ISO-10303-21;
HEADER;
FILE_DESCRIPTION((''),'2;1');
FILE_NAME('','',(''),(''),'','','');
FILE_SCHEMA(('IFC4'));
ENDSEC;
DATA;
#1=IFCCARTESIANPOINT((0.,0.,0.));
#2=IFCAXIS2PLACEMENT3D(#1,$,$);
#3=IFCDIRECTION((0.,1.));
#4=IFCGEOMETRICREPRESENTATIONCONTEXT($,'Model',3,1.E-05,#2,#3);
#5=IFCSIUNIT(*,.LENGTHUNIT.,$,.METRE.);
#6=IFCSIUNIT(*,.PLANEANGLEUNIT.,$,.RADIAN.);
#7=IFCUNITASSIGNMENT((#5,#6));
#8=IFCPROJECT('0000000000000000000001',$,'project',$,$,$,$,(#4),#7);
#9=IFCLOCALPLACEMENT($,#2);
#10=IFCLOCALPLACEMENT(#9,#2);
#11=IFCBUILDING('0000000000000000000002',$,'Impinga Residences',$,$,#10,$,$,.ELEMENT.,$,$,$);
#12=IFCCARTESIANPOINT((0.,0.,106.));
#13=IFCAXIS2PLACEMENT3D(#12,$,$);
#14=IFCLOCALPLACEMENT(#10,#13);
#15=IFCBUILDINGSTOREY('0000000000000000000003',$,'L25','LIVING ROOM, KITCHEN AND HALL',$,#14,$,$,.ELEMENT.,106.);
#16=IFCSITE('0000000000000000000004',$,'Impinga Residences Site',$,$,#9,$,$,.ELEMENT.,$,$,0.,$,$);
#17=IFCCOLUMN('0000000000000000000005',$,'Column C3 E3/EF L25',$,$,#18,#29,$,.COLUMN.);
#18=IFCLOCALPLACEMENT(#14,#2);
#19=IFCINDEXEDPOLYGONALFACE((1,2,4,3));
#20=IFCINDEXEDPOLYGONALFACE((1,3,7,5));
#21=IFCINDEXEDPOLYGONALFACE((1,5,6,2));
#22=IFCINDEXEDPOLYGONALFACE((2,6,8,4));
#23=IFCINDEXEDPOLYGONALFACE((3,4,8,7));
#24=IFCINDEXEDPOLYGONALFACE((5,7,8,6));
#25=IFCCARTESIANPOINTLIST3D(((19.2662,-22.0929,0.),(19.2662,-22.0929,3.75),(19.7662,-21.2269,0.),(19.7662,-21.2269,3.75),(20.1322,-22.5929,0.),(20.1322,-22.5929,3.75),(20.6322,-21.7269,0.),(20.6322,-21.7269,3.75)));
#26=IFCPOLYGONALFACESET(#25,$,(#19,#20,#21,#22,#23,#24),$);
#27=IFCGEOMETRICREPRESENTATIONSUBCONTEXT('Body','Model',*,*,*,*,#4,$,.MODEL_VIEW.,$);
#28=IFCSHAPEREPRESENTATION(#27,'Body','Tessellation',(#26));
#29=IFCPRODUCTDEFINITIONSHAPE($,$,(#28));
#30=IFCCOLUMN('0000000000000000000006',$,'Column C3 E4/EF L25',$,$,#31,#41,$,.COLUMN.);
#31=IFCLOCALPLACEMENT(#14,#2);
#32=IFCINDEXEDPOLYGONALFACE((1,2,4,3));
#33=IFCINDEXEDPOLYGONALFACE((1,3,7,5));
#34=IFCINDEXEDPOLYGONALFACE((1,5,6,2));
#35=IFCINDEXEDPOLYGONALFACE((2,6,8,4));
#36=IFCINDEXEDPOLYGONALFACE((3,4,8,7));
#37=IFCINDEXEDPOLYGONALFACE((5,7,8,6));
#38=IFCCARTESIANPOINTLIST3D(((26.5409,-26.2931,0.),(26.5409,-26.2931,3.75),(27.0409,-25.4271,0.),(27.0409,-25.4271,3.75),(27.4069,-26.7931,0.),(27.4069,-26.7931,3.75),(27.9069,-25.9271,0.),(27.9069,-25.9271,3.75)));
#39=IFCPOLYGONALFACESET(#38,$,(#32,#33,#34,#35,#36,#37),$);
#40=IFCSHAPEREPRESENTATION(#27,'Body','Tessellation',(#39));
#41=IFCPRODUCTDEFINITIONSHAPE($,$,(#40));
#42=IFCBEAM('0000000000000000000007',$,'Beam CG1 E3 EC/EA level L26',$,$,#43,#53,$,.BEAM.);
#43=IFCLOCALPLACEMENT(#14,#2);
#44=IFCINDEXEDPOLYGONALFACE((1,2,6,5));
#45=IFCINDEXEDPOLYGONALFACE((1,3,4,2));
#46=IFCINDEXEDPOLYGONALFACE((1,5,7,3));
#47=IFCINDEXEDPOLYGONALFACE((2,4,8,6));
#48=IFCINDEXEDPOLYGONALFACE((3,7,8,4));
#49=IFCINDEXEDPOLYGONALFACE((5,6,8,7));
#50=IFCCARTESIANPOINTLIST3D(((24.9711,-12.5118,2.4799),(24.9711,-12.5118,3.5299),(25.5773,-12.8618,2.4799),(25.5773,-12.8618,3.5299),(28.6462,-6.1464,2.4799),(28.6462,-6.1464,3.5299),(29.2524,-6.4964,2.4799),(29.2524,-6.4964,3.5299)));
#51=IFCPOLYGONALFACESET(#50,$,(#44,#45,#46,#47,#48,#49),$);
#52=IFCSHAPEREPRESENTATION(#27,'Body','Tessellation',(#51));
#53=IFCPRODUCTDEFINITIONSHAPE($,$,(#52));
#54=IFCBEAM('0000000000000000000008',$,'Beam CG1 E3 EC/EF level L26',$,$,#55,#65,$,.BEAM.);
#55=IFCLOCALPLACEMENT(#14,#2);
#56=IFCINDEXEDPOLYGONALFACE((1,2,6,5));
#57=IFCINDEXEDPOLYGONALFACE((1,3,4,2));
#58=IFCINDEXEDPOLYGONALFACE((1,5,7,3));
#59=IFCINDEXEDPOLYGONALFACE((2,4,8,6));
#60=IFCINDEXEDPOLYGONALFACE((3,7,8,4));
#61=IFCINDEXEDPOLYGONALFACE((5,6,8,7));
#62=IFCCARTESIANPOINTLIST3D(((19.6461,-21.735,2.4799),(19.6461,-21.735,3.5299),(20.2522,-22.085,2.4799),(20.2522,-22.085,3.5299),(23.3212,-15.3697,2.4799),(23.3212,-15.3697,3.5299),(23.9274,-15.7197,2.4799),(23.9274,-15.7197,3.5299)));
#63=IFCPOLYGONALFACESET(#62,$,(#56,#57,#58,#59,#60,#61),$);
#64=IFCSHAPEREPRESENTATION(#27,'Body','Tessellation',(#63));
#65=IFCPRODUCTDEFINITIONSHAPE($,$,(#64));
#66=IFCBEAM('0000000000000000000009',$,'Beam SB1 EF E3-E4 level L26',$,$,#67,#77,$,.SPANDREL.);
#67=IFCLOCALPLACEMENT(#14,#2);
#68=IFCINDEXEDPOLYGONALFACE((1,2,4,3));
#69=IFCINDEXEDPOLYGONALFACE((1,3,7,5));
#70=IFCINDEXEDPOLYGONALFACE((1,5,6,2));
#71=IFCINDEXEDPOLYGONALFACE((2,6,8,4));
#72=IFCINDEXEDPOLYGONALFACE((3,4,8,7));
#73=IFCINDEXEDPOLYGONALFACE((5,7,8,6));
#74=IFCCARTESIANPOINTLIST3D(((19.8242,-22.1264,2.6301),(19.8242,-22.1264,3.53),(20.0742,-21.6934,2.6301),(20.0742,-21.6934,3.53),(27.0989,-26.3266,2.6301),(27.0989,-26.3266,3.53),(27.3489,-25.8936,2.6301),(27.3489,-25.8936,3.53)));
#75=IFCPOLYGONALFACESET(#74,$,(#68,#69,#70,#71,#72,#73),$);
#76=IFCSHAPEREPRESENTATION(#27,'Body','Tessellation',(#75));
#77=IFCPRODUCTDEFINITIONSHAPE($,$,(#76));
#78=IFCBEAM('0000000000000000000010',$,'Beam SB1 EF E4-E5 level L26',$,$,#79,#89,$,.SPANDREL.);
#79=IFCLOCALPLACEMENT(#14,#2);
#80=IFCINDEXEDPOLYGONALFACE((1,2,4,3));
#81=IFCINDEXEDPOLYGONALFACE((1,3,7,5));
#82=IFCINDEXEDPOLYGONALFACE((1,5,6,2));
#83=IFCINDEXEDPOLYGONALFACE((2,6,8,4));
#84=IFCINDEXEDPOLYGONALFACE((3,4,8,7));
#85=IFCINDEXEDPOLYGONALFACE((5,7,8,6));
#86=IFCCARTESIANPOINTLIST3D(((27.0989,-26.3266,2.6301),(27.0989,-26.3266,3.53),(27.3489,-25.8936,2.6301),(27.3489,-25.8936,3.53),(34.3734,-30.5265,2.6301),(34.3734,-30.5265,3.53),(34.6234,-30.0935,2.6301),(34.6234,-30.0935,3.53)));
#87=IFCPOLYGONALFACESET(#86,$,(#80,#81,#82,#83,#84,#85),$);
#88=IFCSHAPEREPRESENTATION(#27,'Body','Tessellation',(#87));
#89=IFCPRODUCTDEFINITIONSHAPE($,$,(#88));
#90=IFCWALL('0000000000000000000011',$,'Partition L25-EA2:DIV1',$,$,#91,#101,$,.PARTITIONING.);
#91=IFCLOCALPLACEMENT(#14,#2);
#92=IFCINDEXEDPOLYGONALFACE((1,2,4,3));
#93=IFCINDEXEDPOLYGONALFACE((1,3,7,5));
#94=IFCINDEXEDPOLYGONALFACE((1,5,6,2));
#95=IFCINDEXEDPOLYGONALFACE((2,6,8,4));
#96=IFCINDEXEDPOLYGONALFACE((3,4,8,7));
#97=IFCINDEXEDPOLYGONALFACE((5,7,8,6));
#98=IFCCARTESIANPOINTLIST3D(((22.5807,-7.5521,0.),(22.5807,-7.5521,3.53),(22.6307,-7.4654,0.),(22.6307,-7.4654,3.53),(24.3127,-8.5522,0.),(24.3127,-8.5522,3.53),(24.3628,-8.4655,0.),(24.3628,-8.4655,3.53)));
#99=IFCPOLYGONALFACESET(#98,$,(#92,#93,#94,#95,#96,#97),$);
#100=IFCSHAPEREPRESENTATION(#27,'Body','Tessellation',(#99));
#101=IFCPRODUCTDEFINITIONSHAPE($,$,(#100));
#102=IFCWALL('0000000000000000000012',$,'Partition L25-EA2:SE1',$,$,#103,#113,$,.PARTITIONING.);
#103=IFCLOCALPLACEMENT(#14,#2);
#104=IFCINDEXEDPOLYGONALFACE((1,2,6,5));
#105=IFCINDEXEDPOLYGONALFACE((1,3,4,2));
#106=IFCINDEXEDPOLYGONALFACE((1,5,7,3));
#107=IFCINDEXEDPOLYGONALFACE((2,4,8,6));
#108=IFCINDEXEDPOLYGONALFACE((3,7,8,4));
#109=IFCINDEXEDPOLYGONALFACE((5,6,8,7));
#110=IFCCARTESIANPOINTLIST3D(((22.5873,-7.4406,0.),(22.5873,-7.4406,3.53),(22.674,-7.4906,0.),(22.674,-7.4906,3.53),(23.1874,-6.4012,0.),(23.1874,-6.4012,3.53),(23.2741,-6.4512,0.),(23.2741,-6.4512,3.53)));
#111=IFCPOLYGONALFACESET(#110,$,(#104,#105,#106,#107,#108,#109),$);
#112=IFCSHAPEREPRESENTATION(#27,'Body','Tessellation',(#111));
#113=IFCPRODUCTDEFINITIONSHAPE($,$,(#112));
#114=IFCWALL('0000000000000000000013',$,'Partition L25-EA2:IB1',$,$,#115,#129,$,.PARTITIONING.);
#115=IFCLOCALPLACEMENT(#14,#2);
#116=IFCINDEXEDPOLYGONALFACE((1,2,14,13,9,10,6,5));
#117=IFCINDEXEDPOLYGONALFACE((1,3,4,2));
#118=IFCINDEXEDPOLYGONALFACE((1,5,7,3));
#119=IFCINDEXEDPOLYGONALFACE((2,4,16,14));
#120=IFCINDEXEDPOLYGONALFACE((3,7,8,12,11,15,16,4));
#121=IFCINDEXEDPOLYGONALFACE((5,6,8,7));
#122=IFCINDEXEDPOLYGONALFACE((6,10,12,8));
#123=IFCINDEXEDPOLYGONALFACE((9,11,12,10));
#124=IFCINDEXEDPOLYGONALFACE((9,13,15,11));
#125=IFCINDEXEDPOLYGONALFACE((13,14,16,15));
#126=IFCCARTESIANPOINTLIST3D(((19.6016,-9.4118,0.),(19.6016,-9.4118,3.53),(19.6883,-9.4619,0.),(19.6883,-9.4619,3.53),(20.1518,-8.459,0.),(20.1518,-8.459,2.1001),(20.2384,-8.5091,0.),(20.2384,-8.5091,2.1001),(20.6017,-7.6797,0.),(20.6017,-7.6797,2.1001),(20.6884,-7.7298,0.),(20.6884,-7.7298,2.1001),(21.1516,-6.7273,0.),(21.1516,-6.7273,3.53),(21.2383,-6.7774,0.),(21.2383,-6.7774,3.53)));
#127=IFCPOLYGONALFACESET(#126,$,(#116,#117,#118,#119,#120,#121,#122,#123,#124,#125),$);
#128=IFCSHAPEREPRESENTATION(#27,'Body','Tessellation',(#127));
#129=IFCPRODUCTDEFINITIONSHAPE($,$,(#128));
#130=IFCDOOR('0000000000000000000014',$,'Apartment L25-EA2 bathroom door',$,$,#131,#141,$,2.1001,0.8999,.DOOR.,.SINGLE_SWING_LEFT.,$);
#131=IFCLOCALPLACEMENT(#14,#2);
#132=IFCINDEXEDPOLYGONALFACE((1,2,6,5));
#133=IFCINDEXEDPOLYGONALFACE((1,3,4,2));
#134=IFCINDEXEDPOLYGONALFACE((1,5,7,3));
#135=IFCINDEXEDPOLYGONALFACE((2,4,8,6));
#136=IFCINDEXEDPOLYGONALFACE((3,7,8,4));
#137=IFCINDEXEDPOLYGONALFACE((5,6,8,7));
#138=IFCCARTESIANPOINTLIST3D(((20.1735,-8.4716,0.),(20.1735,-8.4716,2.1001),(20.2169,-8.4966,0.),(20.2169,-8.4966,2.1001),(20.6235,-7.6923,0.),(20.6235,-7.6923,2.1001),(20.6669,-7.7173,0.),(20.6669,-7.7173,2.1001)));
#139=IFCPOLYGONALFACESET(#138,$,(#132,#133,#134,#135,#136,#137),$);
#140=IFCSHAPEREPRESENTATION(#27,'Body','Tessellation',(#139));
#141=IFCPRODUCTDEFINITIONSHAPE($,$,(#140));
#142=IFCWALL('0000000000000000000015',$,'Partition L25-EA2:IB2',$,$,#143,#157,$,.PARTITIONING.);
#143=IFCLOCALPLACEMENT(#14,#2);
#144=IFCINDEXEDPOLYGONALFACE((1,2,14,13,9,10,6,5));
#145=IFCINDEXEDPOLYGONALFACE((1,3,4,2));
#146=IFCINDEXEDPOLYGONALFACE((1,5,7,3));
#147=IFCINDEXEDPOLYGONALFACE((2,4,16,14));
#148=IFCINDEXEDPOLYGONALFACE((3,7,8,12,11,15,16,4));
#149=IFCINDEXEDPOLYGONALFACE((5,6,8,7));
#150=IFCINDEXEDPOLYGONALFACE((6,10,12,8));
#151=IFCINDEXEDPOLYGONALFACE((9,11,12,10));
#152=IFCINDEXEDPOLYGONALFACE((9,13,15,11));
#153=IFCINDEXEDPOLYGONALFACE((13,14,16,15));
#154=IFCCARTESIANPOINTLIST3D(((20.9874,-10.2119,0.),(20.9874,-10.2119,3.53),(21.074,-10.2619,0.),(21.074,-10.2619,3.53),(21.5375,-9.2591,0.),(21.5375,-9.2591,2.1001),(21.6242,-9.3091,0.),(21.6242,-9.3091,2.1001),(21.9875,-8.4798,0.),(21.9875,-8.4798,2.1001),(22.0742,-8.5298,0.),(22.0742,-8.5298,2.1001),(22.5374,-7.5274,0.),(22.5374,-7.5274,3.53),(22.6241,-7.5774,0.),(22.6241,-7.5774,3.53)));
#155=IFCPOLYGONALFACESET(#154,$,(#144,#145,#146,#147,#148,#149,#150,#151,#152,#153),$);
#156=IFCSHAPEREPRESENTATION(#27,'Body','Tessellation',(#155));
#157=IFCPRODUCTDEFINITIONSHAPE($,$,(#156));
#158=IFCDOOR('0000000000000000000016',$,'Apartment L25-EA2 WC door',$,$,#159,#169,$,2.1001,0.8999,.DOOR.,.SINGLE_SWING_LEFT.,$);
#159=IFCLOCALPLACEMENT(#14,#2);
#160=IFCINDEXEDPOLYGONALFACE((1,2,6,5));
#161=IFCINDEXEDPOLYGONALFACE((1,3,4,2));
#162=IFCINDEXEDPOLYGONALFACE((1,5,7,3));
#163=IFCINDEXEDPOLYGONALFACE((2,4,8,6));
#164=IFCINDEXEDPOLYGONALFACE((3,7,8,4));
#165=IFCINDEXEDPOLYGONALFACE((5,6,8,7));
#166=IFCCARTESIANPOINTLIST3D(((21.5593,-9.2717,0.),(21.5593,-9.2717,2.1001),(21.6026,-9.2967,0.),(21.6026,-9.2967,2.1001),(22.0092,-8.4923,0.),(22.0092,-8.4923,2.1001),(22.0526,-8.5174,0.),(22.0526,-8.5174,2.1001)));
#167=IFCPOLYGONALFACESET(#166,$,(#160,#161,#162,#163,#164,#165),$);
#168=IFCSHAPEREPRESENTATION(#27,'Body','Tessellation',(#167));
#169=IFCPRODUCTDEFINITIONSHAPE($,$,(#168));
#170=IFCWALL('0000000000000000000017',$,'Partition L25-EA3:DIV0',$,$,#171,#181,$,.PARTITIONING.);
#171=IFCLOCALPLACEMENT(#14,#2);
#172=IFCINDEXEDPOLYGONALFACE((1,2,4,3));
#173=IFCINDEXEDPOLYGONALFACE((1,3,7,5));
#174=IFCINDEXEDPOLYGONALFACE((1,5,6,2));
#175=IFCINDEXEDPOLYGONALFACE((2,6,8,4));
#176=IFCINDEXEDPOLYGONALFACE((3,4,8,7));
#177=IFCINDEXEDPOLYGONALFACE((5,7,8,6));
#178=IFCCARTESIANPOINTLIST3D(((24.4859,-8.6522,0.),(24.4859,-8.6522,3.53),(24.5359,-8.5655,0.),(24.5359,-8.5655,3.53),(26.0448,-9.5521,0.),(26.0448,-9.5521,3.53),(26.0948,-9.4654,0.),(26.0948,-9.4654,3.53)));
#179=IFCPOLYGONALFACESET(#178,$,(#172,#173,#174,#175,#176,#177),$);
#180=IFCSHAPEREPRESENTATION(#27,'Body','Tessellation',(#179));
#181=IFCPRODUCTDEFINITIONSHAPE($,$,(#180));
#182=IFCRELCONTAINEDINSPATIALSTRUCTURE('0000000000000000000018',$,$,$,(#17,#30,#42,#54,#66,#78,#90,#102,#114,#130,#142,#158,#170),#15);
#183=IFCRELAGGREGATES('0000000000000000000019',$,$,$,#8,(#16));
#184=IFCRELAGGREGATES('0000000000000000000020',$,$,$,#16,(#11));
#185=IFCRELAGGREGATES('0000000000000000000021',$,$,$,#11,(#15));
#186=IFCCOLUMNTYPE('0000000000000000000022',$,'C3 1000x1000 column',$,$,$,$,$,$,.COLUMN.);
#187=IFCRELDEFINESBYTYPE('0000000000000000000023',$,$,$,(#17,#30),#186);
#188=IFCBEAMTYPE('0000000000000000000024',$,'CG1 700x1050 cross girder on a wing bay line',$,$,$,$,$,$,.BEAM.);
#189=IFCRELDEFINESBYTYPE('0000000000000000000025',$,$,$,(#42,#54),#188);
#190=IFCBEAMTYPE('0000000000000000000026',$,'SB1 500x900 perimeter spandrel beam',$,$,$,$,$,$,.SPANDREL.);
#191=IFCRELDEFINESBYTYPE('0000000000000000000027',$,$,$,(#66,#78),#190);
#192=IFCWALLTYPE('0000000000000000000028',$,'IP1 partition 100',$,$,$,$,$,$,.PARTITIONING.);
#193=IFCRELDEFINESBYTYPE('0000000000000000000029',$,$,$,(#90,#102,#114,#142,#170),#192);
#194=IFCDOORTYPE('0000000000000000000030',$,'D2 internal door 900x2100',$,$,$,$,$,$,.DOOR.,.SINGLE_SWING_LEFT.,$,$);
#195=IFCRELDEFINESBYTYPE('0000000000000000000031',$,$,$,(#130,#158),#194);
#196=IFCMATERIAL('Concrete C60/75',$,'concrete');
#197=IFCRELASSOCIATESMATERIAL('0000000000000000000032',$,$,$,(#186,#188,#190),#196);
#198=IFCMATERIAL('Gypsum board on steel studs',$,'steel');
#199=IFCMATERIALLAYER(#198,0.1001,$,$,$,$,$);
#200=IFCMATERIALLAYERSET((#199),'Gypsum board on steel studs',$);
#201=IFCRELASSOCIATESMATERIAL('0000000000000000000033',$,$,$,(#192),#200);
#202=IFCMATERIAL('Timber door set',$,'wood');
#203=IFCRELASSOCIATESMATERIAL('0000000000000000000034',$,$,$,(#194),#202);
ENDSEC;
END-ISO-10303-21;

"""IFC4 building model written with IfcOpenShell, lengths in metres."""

from ifc_helpers import new_model, si_unit, direction, frame, frame_2d, origin, origin_2d, place, context, subcontext, project, spatial, rectangle, extrude, material, layer, layer_set, material_profile, profile_set, type_object, element, fill, save


model = new_model("IFC4")

# Units and contexts
model_context = context("Model", 3, precision=1e-05, world=origin(), true_north=direction((0.0, 1.0)))
body_context = subcontext(model_context, "Body", "Model", "MODEL_VIEW")
ifc_project = project(units=[si_unit("LENGTHUNIT", "METRE"), si_unit("PLANEANGLEUNIT", "RADIAN")], contexts=[model_context])

# Site, building, storey
site_placement = place(None, origin())
site = spatial("IfcSite", under=ifc_project, at=site_placement, Name="Impinga Residences Site", CompositionType="ELEMENT", RefElevation=0.0)
building_placement = place(site_placement, origin())
building = spatial("IfcBuilding", under=site, at=building_placement, Name="Impinga Residences", CompositionType="ELEMENT")
storey_placement = place(building_placement, frame((0.0, 0.0, 106.0)))
storey = spatial("IfcBuildingStorey", under=building, at=storey_placement, Name="L25", Description="LIVING ROOM, KITCHEN AND HALL", CompositionType="ELEMENT", Elevation=106.0)

# Columns
ifc_material_1 = material(Name="Concrete C60/75", Category="concrete")
ifc_material_profile_1 = material_profile(ifc_material_1, rectangle(XDim=1.0, YDim=1.0, at=origin_2d()), Name="RC 1000x1000")
ifc_profile_set_1 = profile_set([ifc_material_profile_1], Name="Concrete C60/75")
column_type = type_object("IfcColumnType", Name="C3 1000x1000 column", PredefinedType="COLUMN", material=ifc_profile_set_1)
for number, where, z_axis, x_axis, name in (
    (1, (19.9492, -21.9099, 0.0), (0.0, 0.0, 1.0), (-0.5, -0.866025, 0.0), "Column C3 E3/EF L25"),
    (2, (27.2239, -26.1101, 0.0), (0.0, 0.0, 1.0), (-0.5, -0.866025, 0.0), "Column C3 E4/EF L25"),
):
    element("IfcColumn", number, at=place(storey_placement, frame(where, z_axis=z_axis, x_axis=x_axis)), inside=storey, type_object=column_type, Name=name, PredefinedType="COLUMN", context=body_context, shape_type="SweptSolid", body=[
        extrude(rectangle(XDim=1.0, YDim=1.0, at=origin_2d()), origin(), (0.0, 0.0, 1.0), 3.75),
    ])

# Beams
ifc_material_profile_2 = material_profile(ifc_material_1, rectangle(XDim=0.7, YDim=1.05, at=origin_2d()), Name="RC 700x1050")
ifc_profile_set_2 = profile_set([ifc_material_profile_2], Name="Concrete C60/75")
beam_type_1 = type_object("IfcBeamType", Name="CG1 700x1050 cross girder on a wing bay line", PredefinedType="BEAM", material=ifc_profile_set_2)
for number, where, z_axis, x_axis, name in (
    (3, (25.2742, -12.6868, 3.0049), (0.500008, 0.866021, 0.0), (-0.866021, 0.500008, 0.0), "Beam CG1 E3 EC/EA level L26"),
    (4, (23.6243, -15.5447, 3.0049), (-0.500008, -0.866021, 0.0), (0.866021, -0.500008, 0.0), "Beam CG1 E3 EC/EF level L26"),
):
    element("IfcBeam", number, at=place(storey_placement, frame(where, z_axis=z_axis, x_axis=x_axis)), inside=storey, type_object=beam_type_1, Name=name, PredefinedType="BEAM", context=body_context, shape_type="SweptSolid", body=[
        extrude(rectangle(XDim=0.7, YDim=1.05, at=origin_2d()), origin(), (0.0, 0.0, 1.0), 7.3501),
    ])
ifc_material_profile_3 = material_profile(ifc_material_1, rectangle(XDim=0.5, YDim=0.8999, at=origin_2d()), Name="RC 500x900")
ifc_profile_set_3 = profile_set([ifc_material_profile_3], Name="Concrete C60/75")
beam_type_2 = type_object("IfcBeamType", Name="SB1 500x900 perimeter spandrel beam", PredefinedType="SPANDREL", material=ifc_profile_set_3)
beam_1_placement = place(storey_placement, frame((19.9492, -21.9099, 3.0801), z_axis=(0.866017, -0.500015, 0.0), x_axis=(0.500015, 0.866017, 0.0)))
element("IfcBeam", 5, at=beam_1_placement, inside=storey, type_object=beam_type_2, Name="Beam SB1 EF E3-E4 level L26", PredefinedType="SPANDREL", context=body_context, shape_type="SweptSolid", body=[
    extrude(rectangle(XDim=0.5, YDim=0.8999, at=origin_2d()), origin(), (0.0, 0.0, 1.0), 8.4001),
])
beam_2_placement = place(storey_placement, frame((27.2239, -26.1101, 3.0801), z_axis=(0.866029, -0.499993, 0.0), x_axis=(0.499993, 0.866029, 0.0)))
element("IfcBeam", 6, at=beam_2_placement, inside=storey, type_object=beam_type_2, Name="Beam SB1 EF E4-E5 level L26", PredefinedType="SPANDREL", context=body_context, shape_type="SweptSolid", body=[
    extrude(rectangle(XDim=0.5, YDim=0.8999, at=origin_2d()), origin(), (0.0, 0.0, 1.0), 8.3999),
])

# Walls
ifc_material_2 = material(Name="Gypsum board on steel studs", Category="steel")
ifc_layer_1 = layer(ifc_material_2, 0.1001)
ifc_layer_set_1 = layer_set([ifc_layer_1], Name="Gypsum board on steel studs")
wall_type_1 = type_object("IfcWallType", Name="IP1 partition 100", PredefinedType="PARTITIONING", material=ifc_layer_set_1)
wall_1_placement = place(storey_placement, frame((22.6057, -7.5088, 0.0), z_axis=(0.0, 0.0, 1.0), x_axis=(0.866011, -0.500025, 0.0)))
element("IfcWall", 7, at=wall_1_placement, inside=storey, type_object=wall_type_1, Name="Partition L25-EA2:DIV1", PredefinedType="PARTITIONING", context=body_context, shape_type="SweptSolid", body=[
    extrude(rectangle(XDim=2.0, YDim=0.1001, at=frame_2d((1.0, 0.0))), origin(), (0.0, 0.0, 1.0), 3.53),
])
wall_2_placement = place(storey_placement, frame((22.6306, -7.4656, 0.0), z_axis=(0.0, 0.0, 1.0), x_axis=(0.500034, 0.866006, 0.0)))
element("IfcWall", 8, at=wall_2_placement, inside=storey, type_object=wall_type_1, Name="Partition L25-EA2:SE1", PredefinedType="PARTITIONING", context=body_context, shape_type="SweptSolid", body=[
    extrude(rectangle(XDim=1.2002, YDim=0.1001, at=frame_2d((0.6001, 0.0))), origin(), (0.0, 0.0, 1.0), 3.53),
])

# Walls, openings, doors
wall_3_placement = place(storey_placement, frame((19.645, -9.4368, 0.0), z_axis=(0.0, 0.0, 1.0), x_axis=(0.500027, 0.86601, 0.0)))
wall_3 = element("IfcWall", 9, at=wall_3_placement, inside=storey, type_object=wall_type_1, Name="Partition L25-EA2:IB1", PredefinedType="PARTITIONING", context=body_context, shape_type="SweptSolid", body=[
    extrude(rectangle(XDim=3.0999, YDim=0.1001, at=frame_2d((1.5498, 0.0))), origin(), (0.0, 0.0, 1.0), 3.53),
])
opening_1_placement = place(wall_3_placement, frame((1.1001, 0.0, 0.0)))
opening_1 = element("IfcOpeningElement", 10, at=opening_1_placement, cuts=wall_3, PredefinedType="OPENING", context=body_context, shape_type="SweptSolid", body=[
    extrude(rectangle(XDim=0.8999, YDim=2.1001, at=frame_2d((0.45, 1.05))), frame((0.0, 0.0601, 0.0), z_axis=(0.0, -1.0, 0.0), x_axis=(1.0, 0.0, 0.0)), (0.0, 0.0, 1.0), 0.1201),
])
ifc_material_3 = material(Name="Timber door set", Category="wood")
door_type = type_object("IfcDoorType", Name="D2 internal door 900x2100", OperationType="SINGLE_SWING_LEFT", PredefinedType="DOOR", material=ifc_material_3)
door_1_placement = place(opening_1_placement, origin())
door_1 = element("IfcDoor", 11, at=door_1_placement, inside=storey, type_object=door_type, Name="Apartment L25-EA2 bathroom door", OperationType="SINGLE_SWING_LEFT", OverallHeight=2.1001, OverallWidth=0.8999, PredefinedType="DOOR", context=body_context, shape_type="SweptSolid", body=[
    extrude(rectangle(XDim=0.8999, YDim=2.1001, at=frame_2d((0.45, 1.05))), frame((0.0, 0.0249, 0.0), z_axis=(0.0, -1.0, 0.0), x_axis=(1.0, 0.0, 0.0)), (0.0, 0.0, 1.0), 0.05),
])
fill(opening_1, door_1)
wall_4_placement = place(storey_placement, frame((21.0308, -10.2368, 0.0), z_axis=(0.0, 0.0, 1.0), x_axis=(0.500027, 0.86601, 0.0)))
wall_4 = element("IfcWall", 12, at=wall_4_placement, inside=storey, type_object=wall_type_1, Name="Partition L25-EA2:IB2", PredefinedType="PARTITIONING", context=body_context, shape_type="SweptSolid", body=[
    extrude(rectangle(XDim=3.0999, YDim=0.1001, at=frame_2d((1.5498, 0.0))), origin(), (0.0, 0.0, 1.0), 3.53),
])
opening_2_placement = place(wall_4_placement, frame((1.1001, 0.0, 0.0)))
opening_2 = element("IfcOpeningElement", 13, at=opening_2_placement, cuts=wall_4, PredefinedType="OPENING", context=body_context, shape_type="SweptSolid", body=[
    extrude(rectangle(XDim=0.8999, YDim=2.1001, at=frame_2d((0.45, 1.05))), frame((0.0, 0.0601, 0.0), z_axis=(0.0, -1.0, 0.0), x_axis=(1.0, 0.0, 0.0)), (0.0, 0.0, 1.0), 0.1201),
])
door_2_placement = place(opening_2_placement, origin())
door_2 = element("IfcDoor", 14, at=door_2_placement, inside=storey, type_object=door_type, Name="Apartment L25-EA2 WC door", OperationType="SINGLE_SWING_LEFT", OverallHeight=2.1001, OverallWidth=0.8999, PredefinedType="DOOR", context=body_context, shape_type="SweptSolid", body=[
    extrude(rectangle(XDim=0.8999, YDim=2.1001, at=frame_2d((0.45, 1.05))), frame((0.0, 0.0249, 0.0), z_axis=(0.0, -1.0, 0.0), x_axis=(1.0, 0.0, 0.0)), (0.0, 0.0, 1.0), 0.05),
])
fill(opening_2, door_2)

# Wall
wall_5_placement = place(storey_placement, frame((24.511, -8.6089, 0.0), z_axis=(0.0, 0.0, 1.0), x_axis=(0.866048, -0.499961, 0.0)))
element("IfcWall", 15, at=wall_5_placement, inside=storey, type_object=wall_type_1, Name="Partition L25-EA3:DIV0", PredefinedType="PARTITIONING", context=body_context, shape_type="SweptSolid", body=[
    extrude(rectangle(XDim=1.8, YDim=0.1001, at=frame_2d((0.8999, 0.0))), origin(), (0.0, 0.0, 1.0), 3.53),
])

save(model, "model.ifc")
